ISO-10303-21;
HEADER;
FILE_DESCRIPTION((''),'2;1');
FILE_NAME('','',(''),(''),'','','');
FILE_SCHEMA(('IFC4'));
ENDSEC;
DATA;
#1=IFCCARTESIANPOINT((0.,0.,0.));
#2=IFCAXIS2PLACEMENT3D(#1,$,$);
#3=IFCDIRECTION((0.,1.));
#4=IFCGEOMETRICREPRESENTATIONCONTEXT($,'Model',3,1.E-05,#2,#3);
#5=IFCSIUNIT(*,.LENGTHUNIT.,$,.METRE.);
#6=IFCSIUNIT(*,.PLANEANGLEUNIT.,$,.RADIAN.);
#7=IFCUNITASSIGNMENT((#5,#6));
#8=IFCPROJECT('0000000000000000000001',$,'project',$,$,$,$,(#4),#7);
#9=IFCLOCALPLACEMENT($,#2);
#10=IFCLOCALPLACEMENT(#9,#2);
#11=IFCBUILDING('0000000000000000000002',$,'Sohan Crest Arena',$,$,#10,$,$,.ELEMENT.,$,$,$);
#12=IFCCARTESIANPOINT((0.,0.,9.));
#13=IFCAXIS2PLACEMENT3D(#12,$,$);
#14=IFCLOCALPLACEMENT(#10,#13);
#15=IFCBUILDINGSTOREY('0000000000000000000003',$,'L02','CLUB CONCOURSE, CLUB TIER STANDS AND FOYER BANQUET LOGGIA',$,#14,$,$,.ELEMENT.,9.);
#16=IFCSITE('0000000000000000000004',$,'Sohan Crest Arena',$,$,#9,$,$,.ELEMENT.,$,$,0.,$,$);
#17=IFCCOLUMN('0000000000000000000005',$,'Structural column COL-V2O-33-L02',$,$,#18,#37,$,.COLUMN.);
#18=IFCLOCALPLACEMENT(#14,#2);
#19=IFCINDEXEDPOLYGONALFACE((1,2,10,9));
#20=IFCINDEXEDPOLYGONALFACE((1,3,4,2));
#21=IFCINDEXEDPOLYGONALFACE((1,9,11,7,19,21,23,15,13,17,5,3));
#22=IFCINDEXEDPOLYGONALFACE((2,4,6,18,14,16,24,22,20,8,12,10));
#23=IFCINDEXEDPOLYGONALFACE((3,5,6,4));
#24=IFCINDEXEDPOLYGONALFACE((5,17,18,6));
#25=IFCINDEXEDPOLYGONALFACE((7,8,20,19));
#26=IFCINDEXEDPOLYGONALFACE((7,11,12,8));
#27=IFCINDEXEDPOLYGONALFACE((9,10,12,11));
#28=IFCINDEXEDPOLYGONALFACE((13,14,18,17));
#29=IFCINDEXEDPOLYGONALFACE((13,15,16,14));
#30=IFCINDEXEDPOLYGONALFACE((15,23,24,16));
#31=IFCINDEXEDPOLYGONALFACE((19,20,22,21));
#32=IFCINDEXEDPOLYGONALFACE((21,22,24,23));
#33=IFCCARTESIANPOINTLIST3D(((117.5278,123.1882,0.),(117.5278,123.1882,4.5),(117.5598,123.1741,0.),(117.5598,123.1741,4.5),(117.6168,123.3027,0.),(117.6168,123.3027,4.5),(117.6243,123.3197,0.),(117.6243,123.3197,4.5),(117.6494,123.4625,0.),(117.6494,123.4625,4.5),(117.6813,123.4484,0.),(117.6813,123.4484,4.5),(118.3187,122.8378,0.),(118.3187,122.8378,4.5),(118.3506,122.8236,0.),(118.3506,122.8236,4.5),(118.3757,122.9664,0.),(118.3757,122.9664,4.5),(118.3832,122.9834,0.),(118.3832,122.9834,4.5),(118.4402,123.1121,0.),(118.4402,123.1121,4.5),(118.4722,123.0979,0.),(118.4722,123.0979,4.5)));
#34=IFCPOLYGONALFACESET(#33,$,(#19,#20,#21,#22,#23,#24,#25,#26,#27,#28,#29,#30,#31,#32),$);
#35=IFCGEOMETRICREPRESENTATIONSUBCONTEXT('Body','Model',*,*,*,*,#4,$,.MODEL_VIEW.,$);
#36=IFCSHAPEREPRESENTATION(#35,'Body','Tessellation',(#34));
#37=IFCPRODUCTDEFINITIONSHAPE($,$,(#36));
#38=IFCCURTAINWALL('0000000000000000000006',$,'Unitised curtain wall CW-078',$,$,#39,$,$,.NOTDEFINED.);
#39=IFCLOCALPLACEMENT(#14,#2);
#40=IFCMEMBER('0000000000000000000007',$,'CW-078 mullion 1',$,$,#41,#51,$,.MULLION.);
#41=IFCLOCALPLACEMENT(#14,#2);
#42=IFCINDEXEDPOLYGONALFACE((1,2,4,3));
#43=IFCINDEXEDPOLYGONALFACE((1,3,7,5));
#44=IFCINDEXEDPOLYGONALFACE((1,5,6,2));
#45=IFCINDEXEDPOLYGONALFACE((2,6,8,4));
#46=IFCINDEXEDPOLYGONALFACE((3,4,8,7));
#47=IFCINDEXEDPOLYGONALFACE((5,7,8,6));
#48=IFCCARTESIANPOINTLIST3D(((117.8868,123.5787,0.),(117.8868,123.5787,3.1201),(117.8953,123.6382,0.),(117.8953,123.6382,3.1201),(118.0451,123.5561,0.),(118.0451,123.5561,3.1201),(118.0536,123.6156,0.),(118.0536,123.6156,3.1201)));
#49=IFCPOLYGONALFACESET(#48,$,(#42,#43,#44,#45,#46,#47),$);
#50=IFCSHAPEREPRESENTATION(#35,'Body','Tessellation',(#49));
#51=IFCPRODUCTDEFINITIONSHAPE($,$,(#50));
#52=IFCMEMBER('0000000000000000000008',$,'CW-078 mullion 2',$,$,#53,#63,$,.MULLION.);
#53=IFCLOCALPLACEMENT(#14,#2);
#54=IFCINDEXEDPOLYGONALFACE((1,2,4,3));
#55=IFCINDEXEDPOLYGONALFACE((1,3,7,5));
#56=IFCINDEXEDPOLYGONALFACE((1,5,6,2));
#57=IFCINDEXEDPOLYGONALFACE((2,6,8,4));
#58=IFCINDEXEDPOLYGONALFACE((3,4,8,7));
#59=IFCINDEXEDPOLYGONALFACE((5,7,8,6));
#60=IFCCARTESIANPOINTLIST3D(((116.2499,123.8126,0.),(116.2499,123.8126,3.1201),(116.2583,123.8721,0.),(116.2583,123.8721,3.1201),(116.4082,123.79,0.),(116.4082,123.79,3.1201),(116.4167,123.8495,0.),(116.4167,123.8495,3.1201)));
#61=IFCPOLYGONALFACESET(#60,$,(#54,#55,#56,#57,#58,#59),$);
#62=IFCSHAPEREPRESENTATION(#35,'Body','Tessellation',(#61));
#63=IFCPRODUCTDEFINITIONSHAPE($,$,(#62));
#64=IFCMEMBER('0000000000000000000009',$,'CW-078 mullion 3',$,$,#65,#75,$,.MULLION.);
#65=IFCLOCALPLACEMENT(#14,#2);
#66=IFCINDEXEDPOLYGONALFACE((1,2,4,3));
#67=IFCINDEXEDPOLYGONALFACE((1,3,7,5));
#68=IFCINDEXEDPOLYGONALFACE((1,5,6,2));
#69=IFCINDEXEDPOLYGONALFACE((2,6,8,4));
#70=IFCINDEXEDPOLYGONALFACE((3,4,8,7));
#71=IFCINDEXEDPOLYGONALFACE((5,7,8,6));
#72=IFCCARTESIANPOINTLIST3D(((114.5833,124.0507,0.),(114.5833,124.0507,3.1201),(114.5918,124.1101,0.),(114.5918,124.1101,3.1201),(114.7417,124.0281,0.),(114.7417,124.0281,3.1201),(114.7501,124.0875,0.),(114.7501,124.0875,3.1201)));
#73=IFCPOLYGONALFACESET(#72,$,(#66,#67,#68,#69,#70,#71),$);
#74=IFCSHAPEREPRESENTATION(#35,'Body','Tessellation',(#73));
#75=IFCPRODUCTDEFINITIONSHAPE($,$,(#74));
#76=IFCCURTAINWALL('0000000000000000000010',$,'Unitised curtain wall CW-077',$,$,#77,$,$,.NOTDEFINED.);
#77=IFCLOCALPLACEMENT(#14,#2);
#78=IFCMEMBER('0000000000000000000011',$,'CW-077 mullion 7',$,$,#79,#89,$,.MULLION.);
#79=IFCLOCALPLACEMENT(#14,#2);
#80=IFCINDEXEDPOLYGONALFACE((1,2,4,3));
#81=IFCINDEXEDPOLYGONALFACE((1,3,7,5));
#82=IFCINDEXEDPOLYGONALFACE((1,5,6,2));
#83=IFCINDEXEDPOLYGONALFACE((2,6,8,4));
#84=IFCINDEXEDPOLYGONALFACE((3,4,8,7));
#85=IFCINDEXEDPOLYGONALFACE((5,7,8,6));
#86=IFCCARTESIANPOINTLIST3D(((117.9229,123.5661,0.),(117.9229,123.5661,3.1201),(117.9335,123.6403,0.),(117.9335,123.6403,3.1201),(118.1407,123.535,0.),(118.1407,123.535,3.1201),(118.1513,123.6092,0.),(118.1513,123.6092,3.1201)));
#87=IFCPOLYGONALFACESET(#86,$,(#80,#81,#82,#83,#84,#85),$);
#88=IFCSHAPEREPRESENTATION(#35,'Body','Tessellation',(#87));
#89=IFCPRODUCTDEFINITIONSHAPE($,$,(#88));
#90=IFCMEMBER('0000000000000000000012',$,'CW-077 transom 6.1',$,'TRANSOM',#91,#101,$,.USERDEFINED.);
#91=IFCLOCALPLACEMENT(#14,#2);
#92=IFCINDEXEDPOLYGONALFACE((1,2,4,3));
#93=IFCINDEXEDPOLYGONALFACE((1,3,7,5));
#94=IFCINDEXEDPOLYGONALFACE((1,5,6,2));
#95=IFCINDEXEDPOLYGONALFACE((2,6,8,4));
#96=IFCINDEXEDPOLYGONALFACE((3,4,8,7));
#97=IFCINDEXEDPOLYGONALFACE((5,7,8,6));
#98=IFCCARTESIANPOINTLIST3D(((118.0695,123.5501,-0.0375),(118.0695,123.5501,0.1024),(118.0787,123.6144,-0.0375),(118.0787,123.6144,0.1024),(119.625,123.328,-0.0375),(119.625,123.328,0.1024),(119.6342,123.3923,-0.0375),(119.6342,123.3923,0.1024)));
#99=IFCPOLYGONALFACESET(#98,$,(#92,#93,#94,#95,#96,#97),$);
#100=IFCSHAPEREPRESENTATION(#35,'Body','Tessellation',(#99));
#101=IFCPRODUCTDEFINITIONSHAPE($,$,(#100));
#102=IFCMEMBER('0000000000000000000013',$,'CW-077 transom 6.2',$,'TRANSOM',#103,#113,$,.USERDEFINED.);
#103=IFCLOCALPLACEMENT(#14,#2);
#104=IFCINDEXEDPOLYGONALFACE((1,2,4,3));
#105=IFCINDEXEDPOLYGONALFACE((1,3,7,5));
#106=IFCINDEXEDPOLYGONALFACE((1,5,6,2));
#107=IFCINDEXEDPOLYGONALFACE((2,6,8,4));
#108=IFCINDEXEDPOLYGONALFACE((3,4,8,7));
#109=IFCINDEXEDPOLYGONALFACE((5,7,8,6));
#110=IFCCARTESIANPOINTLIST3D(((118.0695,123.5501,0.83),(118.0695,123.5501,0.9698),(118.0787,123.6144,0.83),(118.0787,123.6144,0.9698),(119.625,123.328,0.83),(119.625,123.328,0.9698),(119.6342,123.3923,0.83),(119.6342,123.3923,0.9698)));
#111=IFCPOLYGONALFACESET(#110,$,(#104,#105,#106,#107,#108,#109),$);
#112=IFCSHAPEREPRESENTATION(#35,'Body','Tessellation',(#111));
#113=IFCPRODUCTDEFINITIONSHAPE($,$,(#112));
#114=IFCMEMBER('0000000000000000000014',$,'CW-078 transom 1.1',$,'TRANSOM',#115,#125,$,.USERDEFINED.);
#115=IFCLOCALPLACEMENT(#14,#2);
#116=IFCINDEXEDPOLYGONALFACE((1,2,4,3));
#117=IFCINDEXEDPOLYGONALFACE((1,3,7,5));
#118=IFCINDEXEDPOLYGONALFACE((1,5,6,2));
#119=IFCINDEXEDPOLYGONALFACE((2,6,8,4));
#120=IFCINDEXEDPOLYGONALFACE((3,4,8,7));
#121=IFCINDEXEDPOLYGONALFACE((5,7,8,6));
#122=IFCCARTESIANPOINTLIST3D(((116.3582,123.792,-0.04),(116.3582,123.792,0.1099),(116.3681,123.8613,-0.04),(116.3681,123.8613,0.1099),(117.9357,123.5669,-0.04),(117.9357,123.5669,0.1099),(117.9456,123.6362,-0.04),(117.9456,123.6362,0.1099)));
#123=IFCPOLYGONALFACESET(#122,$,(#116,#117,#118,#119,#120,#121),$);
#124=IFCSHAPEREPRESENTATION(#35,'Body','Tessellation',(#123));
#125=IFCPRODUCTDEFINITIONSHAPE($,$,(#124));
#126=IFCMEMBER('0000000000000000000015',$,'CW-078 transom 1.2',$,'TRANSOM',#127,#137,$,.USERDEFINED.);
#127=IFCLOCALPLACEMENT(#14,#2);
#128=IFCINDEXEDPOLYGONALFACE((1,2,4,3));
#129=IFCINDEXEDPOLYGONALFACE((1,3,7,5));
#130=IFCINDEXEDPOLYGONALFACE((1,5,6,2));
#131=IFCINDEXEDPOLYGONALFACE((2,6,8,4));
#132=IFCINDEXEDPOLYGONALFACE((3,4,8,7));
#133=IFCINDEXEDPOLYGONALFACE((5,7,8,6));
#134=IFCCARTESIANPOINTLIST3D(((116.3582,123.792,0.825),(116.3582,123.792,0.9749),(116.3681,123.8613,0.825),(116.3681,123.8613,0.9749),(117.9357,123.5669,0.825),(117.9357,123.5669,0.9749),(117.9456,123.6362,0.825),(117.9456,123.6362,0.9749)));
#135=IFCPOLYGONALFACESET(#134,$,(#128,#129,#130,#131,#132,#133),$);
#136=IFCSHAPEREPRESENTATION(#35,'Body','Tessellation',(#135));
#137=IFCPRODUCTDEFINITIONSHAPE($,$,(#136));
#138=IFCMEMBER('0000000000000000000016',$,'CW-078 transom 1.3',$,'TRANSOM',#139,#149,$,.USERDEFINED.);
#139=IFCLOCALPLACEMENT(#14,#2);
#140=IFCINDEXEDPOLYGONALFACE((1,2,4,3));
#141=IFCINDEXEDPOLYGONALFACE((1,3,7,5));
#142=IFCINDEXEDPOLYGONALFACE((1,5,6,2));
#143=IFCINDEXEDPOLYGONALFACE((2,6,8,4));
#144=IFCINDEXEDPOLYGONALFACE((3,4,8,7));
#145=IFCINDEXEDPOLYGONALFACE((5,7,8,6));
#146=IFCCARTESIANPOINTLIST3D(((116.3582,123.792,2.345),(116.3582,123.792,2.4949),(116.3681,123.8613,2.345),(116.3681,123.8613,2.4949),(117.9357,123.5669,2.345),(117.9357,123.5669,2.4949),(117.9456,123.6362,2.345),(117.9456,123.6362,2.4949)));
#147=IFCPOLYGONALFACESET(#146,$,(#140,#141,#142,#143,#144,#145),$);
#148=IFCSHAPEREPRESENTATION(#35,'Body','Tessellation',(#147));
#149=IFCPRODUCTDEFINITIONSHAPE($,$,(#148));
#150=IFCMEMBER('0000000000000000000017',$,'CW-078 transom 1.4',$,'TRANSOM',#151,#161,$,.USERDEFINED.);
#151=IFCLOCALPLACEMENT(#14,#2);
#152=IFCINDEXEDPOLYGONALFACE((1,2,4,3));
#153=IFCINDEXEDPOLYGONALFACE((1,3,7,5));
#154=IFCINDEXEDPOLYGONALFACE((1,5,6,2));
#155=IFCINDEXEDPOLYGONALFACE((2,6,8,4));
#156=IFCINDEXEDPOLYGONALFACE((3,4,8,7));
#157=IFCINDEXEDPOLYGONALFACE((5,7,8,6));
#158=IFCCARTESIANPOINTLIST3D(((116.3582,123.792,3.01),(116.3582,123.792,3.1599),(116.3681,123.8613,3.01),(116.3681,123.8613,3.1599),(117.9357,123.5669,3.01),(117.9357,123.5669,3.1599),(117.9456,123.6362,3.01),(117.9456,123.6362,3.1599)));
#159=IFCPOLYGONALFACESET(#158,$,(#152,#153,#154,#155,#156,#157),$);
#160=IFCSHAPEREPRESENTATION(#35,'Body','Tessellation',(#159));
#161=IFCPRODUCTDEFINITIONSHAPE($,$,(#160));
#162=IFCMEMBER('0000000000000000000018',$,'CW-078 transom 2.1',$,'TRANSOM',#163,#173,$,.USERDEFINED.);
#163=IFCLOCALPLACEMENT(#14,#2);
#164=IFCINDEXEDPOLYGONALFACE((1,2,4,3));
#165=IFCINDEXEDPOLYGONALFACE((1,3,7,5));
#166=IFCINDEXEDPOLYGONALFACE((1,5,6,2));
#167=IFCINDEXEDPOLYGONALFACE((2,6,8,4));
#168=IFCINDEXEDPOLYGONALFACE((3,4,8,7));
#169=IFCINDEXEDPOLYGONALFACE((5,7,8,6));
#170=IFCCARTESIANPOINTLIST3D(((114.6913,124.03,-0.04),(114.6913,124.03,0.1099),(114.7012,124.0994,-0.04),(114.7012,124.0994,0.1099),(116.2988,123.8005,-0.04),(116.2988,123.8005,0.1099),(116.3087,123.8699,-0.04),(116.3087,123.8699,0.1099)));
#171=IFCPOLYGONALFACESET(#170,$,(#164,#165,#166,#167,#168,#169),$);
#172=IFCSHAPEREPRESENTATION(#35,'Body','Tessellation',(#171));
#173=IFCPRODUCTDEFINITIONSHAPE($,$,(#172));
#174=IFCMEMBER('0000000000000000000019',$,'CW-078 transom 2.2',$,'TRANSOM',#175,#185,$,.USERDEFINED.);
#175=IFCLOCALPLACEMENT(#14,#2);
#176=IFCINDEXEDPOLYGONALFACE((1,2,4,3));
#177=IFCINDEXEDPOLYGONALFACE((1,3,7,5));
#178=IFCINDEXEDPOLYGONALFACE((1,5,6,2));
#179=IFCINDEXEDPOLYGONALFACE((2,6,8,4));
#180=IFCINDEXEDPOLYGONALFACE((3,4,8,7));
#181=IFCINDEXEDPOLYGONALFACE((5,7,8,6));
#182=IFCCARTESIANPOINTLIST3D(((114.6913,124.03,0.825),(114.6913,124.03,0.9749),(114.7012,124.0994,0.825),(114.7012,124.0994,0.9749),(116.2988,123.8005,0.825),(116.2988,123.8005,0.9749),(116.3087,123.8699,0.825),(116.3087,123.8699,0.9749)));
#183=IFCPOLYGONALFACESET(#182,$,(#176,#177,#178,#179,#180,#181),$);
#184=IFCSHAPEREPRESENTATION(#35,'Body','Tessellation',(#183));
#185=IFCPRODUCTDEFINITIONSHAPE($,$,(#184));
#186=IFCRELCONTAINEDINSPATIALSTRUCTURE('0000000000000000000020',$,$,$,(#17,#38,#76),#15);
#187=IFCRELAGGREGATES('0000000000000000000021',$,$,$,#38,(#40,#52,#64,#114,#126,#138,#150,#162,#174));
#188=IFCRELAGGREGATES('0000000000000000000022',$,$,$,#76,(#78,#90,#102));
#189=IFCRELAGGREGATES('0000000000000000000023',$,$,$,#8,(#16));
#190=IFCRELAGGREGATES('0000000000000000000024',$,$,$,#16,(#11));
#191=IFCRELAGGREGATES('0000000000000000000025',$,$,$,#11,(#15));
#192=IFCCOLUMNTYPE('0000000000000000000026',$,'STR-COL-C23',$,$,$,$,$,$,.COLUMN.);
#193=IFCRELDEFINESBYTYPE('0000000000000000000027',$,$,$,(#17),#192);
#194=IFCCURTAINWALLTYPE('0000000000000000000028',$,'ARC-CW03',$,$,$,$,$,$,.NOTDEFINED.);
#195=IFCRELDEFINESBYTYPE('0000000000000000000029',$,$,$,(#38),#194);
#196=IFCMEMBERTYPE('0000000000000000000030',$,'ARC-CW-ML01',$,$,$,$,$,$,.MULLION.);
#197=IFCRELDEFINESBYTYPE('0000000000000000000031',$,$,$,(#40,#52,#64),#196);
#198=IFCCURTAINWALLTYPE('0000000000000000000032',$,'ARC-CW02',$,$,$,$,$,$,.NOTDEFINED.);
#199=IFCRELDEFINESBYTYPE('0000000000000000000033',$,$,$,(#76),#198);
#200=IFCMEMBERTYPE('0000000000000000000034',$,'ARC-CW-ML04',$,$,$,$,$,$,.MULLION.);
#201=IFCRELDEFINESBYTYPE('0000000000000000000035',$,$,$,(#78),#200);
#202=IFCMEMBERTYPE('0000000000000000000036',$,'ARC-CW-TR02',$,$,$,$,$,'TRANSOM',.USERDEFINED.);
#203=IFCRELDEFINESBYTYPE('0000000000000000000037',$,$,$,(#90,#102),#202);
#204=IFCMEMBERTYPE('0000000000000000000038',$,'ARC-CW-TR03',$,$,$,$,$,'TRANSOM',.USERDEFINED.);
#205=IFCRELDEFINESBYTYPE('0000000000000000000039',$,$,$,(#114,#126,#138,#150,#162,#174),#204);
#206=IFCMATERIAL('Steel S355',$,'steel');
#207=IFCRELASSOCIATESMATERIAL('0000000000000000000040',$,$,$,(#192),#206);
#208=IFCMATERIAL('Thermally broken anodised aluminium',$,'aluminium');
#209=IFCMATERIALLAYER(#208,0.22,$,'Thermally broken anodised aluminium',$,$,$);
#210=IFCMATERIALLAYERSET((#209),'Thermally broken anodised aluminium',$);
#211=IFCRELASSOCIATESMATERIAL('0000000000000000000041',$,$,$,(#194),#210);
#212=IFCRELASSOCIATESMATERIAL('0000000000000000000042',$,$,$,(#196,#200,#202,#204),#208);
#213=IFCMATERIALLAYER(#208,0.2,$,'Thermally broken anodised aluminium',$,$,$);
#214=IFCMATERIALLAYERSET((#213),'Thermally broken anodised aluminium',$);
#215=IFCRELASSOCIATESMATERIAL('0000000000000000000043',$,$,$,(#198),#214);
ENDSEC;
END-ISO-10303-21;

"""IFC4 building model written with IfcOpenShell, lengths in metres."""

from ifc_helpers import new_model, si_unit, direction, frame, origin, origin_2d, place, context, subcontext, project, spatial, rectangle, i_section, extrude, material, layer, layer_set, material_profile, profile_set, type_object, element, aggregate, save


model = new_model("IFC4")

# Units and contexts
model_context = context("Model", 3, precision=1e-05, world=origin(), true_north=direction((0.0, 1.0)))
body_context = subcontext(model_context, "Body", "Model", "MODEL_VIEW")
ifc_project = project(units=[si_unit("LENGTHUNIT", "METRE"), si_unit("PLANEANGLEUNIT", "RADIAN")], contexts=[model_context])

# Site, building, storey
site_placement = place(None, origin())
site = spatial("IfcSite", under=ifc_project, at=site_placement, Name="Sohan Crest Arena", CompositionType="ELEMENT", RefElevation=0.0)
building_placement = place(site_placement, origin())
building = spatial("IfcBuilding", under=site, at=building_placement, Name="Sohan Crest Arena", CompositionType="ELEMENT")
storey_placement = place(building_placement, frame((0.0, 0.0, 9.0)))
storey = spatial("IfcBuildingStorey", under=building, at=storey_placement, Name="L02", Description="CLUB CONCOURSE, CLUB TIER STANDS AND FOYER BANQUET LOGGIA", CompositionType="ELEMENT", Elevation=9.0)

# Column
ifc_material_1 = material(Name="Steel S355", Category="steel")
ifc_material_profile_1 = material_profile(ifc_material_1, i_section(OverallWidth=0.3, OverallDepth=0.8999, WebThickness=0.0186, FlangeThickness=0.0349, at=origin_2d()), Name="HEB 900")
ifc_profile_set_1 = profile_set([ifc_material_profile_1], Name="Steel S355")
column_type = type_object("IfcColumnType", Name="STR-COL-C23", PredefinedType="COLUMN", material=ifc_profile_set_1)
column_placement = place(storey_placement, frame((118.0, 123.1431, 0.0), z_axis=(0.0, 0.0, 1.0), x_axis=(0.405142, 0.914254, 0.0)))
element("IfcColumn", 1, at=column_placement, inside=storey, type_object=column_type, Name="Structural column COL-V2O-33-L02", PredefinedType="COLUMN", context=body_context, shape_type="SweptSolid", body=[
    extrude(i_section(OverallWidth=0.3, OverallDepth=0.8999, WebThickness=0.0186, FlangeThickness=0.0349, at=origin_2d()), origin(), (0.0, 0.0, 1.0), 4.5),
])

# Curtain walls, members
ifc_material_2 = material(Name="Thermally broken anodised aluminium", Category="aluminium")
ifc_layer_1 = layer(ifc_material_2, 0.22, Name="Thermally broken anodised aluminium")
ifc_layer_set_1 = layer_set([ifc_layer_1], Name="Thermally broken anodised aluminium")
curtain_wall_type_1 = type_object("IfcCurtainWallType", Name="ARC-CW03", PredefinedType="NOTDEFINED", material=ifc_layer_set_1)
curtain_wall_1_placement = place(storey_placement, origin())
curtain_wall_1 = element("IfcCurtainWall", 2, at=curtain_wall_1_placement, inside=storey, type_object=curtain_wall_type_1, Name="Unitised curtain wall CW-078", PredefinedType="NOTDEFINED")
ifc_material_profile_2 = material_profile(ifc_material_2, rectangle(XDim=0.0601, YDim=0.1599, at=origin_2d()), Name="ALU-MULL 60x160")
ifc_profile_set_2 = profile_set([ifc_material_profile_2], Name="Thermally broken anodised aluminium")
member_type_1 = type_object("IfcMemberType", Name="ARC-CW-ML01", PredefinedType="MULLION", material=ifc_profile_set_2)
member_1_placement = place(storey_placement, frame((117.9702, 123.5972, 0.0), z_axis=(0.0, 0.0, 1.0), x_axis=(-0.141366, -0.989957, 0.0)))
member_1 = element("IfcMember", 3, at=member_1_placement, type_object=member_type_1, Name="CW-078 mullion 1", PredefinedType="MULLION", context=body_context, shape_type="SweptSolid", body=[
    extrude(rectangle(XDim=0.0601, YDim=0.1599, at=origin_2d()), origin(), (0.0, 0.0, 1.0), 3.1201),
])
member_2_placement = place(storey_placement, frame((116.3333, 123.8311, 0.0), z_axis=(0.0, 0.0, 1.0), x_axis=(-0.141366, -0.989957, 0.0)))
member_2 = element("IfcMember", 4, at=member_2_placement, type_object=member_type_1, Name="CW-078 mullion 2", PredefinedType="MULLION", context=body_context, shape_type="SweptSolid", body=[
    extrude(rectangle(XDim=0.0601, YDim=0.1599, at=origin_2d()), origin(), (0.0, 0.0, 1.0), 3.1201),
])
member_3_placement = place(storey_placement, frame((114.6667, 124.0691, 0.0), z_axis=(0.0, 0.0, 1.0), x_axis=(-0.141366, -0.989957, 0.0)))
member_3 = element("IfcMember", 5, at=member_3_placement, type_object=member_type_1, Name="CW-078 mullion 3", PredefinedType="MULLION", context=body_context, shape_type="SweptSolid", body=[
    extrude(rectangle(XDim=0.0601, YDim=0.1599, at=origin_2d()), origin(), (0.0, 0.0, 1.0), 3.1201),
])
ifc_layer_2 = layer(ifc_material_2, 0.2, Name="Thermally broken anodised aluminium")
ifc_layer_set_2 = layer_set([ifc_layer_2], Name="Thermally broken anodised aluminium")
curtain_wall_type_2 = type_object("IfcCurtainWallType", Name="ARC-CW02", PredefinedType="NOTDEFINED", material=ifc_layer_set_2)
curtain_wall_2_placement = place(storey_placement, origin())
curtain_wall_2 = element("IfcCurtainWall", 6, at=curtain_wall_2_placement, inside=storey, type_object=curtain_wall_type_2, Name="Unitised curtain wall CW-077", PredefinedType="NOTDEFINED")
ifc_material_profile_3 = material_profile(ifc_material_2, rectangle(XDim=0.075, YDim=0.22, at=origin_2d()), Name="ALU-MULL 75x220")
ifc_profile_set_3 = profile_set([ifc_material_profile_3], Name="Thermally broken anodised aluminium")
member_type_2 = type_object("IfcMemberType", Name="ARC-CW-ML04", PredefinedType="MULLION", material=ifc_profile_set_3)
member_4_placement = place(storey_placement, frame((118.0371, 123.5876, 0.0), z_axis=(0.0, 0.0, 1.0), x_axis=(-0.141463, -0.989944, 0.0)))
member_4 = element("IfcMember", 7, at=member_4_placement, type_object=member_type_2, Name="CW-077 mullion 7", PredefinedType="MULLION", context=body_context, shape_type="SweptSolid", body=[
    extrude(rectangle(XDim=0.075, YDim=0.22, at=origin_2d()), origin(), (0.0, 0.0, 1.0), 3.1201),
])
ifc_material_profile_4 = material_profile(ifc_material_2, rectangle(XDim=0.0649, YDim=0.1399, at=origin_2d()), Name="ALU-TRAN 65x140")
ifc_profile_set_4 = profile_set([ifc_material_profile_4], Name="Thermally broken anodised aluminium")
member_type_3 = type_object("IfcMemberType", Name="ARC-CW-TR02", ElementType="TRANSOM", PredefinedType="USERDEFINED", material=ifc_profile_set_4)
member_5_placement = place(storey_placement, frame((119.6296, 123.3601, 0.0325), z_axis=(-0.989953, 0.1414, 0.0), x_axis=(-0.1414, -0.989953, 0.0)))
member_5 = element("IfcMember", 8, at=member_5_placement, type_object=member_type_3, Name="CW-077 transom 6.1", ObjectType="TRANSOM", PredefinedType="USERDEFINED", context=body_context, shape_type="SweptSolid", body=[
    extrude(rectangle(XDim=0.0649, YDim=0.1399, at=origin_2d()), origin(), (0.0, 0.0, 1.0), 1.5713),
])
member_6_placement = place(storey_placement, frame((119.6296, 123.3601, 0.8999), z_axis=(-0.989953, 0.1414, 0.0), x_axis=(-0.1414, -0.989953, 0.0)))
member_6 = element("IfcMember", 9, at=member_6_placement, type_object=member_type_3, Name="CW-077 transom 6.2", ObjectType="TRANSOM", PredefinedType="USERDEFINED", context=body_context, shape_type="SweptSolid", body=[
    extrude(rectangle(XDim=0.0649, YDim=0.1399, at=origin_2d()), origin(), (0.0, 0.0, 1.0), 1.5713),
])

# Members
ifc_material_profile_5 = material_profile(ifc_material_2, rectangle(XDim=0.0701, YDim=0.1499, at=origin_2d()), Name="ALU-TRAN 70x150")
ifc_profile_set_5 = profile_set([ifc_material_profile_5], Name="Thermally broken anodised aluminium")
member_type_4 = type_object("IfcMemberType", Name="ARC-CW-TR03", ElementType="TRANSOM", PredefinedType="USERDEFINED", material=ifc_profile_set_5)
member_7_placement = place(storey_placement, frame((117.9407, 123.6016, 0.0349), z_axis=(-0.989974, 0.14125, 0.0), x_axis=(-0.14125, -0.989974, 0.0)))
member_7 = element("IfcMember", 10, at=member_7_placement, type_object=member_type_4, Name="CW-078 transom 1.1", ObjectType="TRANSOM", PredefinedType="USERDEFINED", context=body_context, shape_type="SweptSolid", body=[
    extrude(rectangle(XDim=0.0701, YDim=0.1499, at=origin_2d()), origin(), (0.0, 0.0, 1.0), 1.5935),
])
member_8_placement = place(storey_placement, frame((117.9407, 123.6016, 0.8999), z_axis=(-0.989974, 0.14125, 0.0), x_axis=(-0.14125, -0.989974, 0.0)))
member_8 = element("IfcMember", 11, at=member_8_placement, type_object=member_type_4, Name="CW-078 transom 1.2", ObjectType="TRANSOM", PredefinedType="USERDEFINED", context=body_context, shape_type="SweptSolid", body=[
    extrude(rectangle(XDim=0.0701, YDim=0.1499, at=origin_2d()), origin(), (0.0, 0.0, 1.0), 1.5935),
])
member_9_placement = place(storey_placement, frame((117.9407, 123.6016, 2.4199), z_axis=(-0.989974, 0.14125, 0.0), x_axis=(-0.14125, -0.989974, 0.0)))
member_9 = element("IfcMember", 12, at=member_9_placement, type_object=member_type_4, Name="CW-078 transom 1.3", ObjectType="TRANSOM", PredefinedType="USERDEFINED", context=body_context, shape_type="SweptSolid", body=[
    extrude(rectangle(XDim=0.0701, YDim=0.1499, at=origin_2d()), origin(), (0.0, 0.0, 1.0), 1.5935),
])
member_10_placement = place(storey_placement, frame((117.9407, 123.6016, 3.085), z_axis=(-0.989974, 0.14125, 0.0), x_axis=(-0.14125, -0.989974, 0.0)))
member_10 = element("IfcMember", 13, at=member_10_placement, type_object=member_type_4, Name="CW-078 transom 1.4", ObjectType="TRANSOM", PredefinedType="USERDEFINED", context=body_context, shape_type="SweptSolid", body=[
    extrude(rectangle(XDim=0.0701, YDim=0.1499, at=origin_2d()), origin(), (0.0, 0.0, 1.0), 1.5935),
])
member_11_placement = place(storey_placement, frame((116.3037, 123.8352, 0.0349), z_axis=(-0.989962, 0.141337, 0.0), x_axis=(-0.141337, -0.989962, 0.0)))
member_11 = element("IfcMember", 14, at=member_11_placement, type_object=member_type_4, Name="CW-078 transom 2.1", ObjectType="TRANSOM", PredefinedType="USERDEFINED", context=body_context, shape_type="SweptSolid", body=[
    extrude(rectangle(XDim=0.0701, YDim=0.1499, at=origin_2d()), origin(), (0.0, 0.0, 1.0), 1.6238),
])
member_12_placement = place(storey_placement, frame((116.3037, 123.8352, 0.8999), z_axis=(-0.989962, 0.141337, 0.0), x_axis=(-0.141337, -0.989962, 0.0)))
member_12 = element("IfcMember", 15, at=member_12_placement, type_object=member_type_4, Name="CW-078 transom 2.2", ObjectType="TRANSOM", PredefinedType="USERDEFINED", context=body_context, shape_type="SweptSolid", body=[
    extrude(rectangle(XDim=0.0701, YDim=0.1499, at=origin_2d()), origin(), (0.0, 0.0, 1.0), 1.6238),
])

aggregate(curtain_wall_1, [member_1, member_2, member_3, member_7, member_8, member_9, member_10, member_11, member_12])
aggregate(curtain_wall_2, [member_4, member_5, member_6])

save(model, "model.ifc")
